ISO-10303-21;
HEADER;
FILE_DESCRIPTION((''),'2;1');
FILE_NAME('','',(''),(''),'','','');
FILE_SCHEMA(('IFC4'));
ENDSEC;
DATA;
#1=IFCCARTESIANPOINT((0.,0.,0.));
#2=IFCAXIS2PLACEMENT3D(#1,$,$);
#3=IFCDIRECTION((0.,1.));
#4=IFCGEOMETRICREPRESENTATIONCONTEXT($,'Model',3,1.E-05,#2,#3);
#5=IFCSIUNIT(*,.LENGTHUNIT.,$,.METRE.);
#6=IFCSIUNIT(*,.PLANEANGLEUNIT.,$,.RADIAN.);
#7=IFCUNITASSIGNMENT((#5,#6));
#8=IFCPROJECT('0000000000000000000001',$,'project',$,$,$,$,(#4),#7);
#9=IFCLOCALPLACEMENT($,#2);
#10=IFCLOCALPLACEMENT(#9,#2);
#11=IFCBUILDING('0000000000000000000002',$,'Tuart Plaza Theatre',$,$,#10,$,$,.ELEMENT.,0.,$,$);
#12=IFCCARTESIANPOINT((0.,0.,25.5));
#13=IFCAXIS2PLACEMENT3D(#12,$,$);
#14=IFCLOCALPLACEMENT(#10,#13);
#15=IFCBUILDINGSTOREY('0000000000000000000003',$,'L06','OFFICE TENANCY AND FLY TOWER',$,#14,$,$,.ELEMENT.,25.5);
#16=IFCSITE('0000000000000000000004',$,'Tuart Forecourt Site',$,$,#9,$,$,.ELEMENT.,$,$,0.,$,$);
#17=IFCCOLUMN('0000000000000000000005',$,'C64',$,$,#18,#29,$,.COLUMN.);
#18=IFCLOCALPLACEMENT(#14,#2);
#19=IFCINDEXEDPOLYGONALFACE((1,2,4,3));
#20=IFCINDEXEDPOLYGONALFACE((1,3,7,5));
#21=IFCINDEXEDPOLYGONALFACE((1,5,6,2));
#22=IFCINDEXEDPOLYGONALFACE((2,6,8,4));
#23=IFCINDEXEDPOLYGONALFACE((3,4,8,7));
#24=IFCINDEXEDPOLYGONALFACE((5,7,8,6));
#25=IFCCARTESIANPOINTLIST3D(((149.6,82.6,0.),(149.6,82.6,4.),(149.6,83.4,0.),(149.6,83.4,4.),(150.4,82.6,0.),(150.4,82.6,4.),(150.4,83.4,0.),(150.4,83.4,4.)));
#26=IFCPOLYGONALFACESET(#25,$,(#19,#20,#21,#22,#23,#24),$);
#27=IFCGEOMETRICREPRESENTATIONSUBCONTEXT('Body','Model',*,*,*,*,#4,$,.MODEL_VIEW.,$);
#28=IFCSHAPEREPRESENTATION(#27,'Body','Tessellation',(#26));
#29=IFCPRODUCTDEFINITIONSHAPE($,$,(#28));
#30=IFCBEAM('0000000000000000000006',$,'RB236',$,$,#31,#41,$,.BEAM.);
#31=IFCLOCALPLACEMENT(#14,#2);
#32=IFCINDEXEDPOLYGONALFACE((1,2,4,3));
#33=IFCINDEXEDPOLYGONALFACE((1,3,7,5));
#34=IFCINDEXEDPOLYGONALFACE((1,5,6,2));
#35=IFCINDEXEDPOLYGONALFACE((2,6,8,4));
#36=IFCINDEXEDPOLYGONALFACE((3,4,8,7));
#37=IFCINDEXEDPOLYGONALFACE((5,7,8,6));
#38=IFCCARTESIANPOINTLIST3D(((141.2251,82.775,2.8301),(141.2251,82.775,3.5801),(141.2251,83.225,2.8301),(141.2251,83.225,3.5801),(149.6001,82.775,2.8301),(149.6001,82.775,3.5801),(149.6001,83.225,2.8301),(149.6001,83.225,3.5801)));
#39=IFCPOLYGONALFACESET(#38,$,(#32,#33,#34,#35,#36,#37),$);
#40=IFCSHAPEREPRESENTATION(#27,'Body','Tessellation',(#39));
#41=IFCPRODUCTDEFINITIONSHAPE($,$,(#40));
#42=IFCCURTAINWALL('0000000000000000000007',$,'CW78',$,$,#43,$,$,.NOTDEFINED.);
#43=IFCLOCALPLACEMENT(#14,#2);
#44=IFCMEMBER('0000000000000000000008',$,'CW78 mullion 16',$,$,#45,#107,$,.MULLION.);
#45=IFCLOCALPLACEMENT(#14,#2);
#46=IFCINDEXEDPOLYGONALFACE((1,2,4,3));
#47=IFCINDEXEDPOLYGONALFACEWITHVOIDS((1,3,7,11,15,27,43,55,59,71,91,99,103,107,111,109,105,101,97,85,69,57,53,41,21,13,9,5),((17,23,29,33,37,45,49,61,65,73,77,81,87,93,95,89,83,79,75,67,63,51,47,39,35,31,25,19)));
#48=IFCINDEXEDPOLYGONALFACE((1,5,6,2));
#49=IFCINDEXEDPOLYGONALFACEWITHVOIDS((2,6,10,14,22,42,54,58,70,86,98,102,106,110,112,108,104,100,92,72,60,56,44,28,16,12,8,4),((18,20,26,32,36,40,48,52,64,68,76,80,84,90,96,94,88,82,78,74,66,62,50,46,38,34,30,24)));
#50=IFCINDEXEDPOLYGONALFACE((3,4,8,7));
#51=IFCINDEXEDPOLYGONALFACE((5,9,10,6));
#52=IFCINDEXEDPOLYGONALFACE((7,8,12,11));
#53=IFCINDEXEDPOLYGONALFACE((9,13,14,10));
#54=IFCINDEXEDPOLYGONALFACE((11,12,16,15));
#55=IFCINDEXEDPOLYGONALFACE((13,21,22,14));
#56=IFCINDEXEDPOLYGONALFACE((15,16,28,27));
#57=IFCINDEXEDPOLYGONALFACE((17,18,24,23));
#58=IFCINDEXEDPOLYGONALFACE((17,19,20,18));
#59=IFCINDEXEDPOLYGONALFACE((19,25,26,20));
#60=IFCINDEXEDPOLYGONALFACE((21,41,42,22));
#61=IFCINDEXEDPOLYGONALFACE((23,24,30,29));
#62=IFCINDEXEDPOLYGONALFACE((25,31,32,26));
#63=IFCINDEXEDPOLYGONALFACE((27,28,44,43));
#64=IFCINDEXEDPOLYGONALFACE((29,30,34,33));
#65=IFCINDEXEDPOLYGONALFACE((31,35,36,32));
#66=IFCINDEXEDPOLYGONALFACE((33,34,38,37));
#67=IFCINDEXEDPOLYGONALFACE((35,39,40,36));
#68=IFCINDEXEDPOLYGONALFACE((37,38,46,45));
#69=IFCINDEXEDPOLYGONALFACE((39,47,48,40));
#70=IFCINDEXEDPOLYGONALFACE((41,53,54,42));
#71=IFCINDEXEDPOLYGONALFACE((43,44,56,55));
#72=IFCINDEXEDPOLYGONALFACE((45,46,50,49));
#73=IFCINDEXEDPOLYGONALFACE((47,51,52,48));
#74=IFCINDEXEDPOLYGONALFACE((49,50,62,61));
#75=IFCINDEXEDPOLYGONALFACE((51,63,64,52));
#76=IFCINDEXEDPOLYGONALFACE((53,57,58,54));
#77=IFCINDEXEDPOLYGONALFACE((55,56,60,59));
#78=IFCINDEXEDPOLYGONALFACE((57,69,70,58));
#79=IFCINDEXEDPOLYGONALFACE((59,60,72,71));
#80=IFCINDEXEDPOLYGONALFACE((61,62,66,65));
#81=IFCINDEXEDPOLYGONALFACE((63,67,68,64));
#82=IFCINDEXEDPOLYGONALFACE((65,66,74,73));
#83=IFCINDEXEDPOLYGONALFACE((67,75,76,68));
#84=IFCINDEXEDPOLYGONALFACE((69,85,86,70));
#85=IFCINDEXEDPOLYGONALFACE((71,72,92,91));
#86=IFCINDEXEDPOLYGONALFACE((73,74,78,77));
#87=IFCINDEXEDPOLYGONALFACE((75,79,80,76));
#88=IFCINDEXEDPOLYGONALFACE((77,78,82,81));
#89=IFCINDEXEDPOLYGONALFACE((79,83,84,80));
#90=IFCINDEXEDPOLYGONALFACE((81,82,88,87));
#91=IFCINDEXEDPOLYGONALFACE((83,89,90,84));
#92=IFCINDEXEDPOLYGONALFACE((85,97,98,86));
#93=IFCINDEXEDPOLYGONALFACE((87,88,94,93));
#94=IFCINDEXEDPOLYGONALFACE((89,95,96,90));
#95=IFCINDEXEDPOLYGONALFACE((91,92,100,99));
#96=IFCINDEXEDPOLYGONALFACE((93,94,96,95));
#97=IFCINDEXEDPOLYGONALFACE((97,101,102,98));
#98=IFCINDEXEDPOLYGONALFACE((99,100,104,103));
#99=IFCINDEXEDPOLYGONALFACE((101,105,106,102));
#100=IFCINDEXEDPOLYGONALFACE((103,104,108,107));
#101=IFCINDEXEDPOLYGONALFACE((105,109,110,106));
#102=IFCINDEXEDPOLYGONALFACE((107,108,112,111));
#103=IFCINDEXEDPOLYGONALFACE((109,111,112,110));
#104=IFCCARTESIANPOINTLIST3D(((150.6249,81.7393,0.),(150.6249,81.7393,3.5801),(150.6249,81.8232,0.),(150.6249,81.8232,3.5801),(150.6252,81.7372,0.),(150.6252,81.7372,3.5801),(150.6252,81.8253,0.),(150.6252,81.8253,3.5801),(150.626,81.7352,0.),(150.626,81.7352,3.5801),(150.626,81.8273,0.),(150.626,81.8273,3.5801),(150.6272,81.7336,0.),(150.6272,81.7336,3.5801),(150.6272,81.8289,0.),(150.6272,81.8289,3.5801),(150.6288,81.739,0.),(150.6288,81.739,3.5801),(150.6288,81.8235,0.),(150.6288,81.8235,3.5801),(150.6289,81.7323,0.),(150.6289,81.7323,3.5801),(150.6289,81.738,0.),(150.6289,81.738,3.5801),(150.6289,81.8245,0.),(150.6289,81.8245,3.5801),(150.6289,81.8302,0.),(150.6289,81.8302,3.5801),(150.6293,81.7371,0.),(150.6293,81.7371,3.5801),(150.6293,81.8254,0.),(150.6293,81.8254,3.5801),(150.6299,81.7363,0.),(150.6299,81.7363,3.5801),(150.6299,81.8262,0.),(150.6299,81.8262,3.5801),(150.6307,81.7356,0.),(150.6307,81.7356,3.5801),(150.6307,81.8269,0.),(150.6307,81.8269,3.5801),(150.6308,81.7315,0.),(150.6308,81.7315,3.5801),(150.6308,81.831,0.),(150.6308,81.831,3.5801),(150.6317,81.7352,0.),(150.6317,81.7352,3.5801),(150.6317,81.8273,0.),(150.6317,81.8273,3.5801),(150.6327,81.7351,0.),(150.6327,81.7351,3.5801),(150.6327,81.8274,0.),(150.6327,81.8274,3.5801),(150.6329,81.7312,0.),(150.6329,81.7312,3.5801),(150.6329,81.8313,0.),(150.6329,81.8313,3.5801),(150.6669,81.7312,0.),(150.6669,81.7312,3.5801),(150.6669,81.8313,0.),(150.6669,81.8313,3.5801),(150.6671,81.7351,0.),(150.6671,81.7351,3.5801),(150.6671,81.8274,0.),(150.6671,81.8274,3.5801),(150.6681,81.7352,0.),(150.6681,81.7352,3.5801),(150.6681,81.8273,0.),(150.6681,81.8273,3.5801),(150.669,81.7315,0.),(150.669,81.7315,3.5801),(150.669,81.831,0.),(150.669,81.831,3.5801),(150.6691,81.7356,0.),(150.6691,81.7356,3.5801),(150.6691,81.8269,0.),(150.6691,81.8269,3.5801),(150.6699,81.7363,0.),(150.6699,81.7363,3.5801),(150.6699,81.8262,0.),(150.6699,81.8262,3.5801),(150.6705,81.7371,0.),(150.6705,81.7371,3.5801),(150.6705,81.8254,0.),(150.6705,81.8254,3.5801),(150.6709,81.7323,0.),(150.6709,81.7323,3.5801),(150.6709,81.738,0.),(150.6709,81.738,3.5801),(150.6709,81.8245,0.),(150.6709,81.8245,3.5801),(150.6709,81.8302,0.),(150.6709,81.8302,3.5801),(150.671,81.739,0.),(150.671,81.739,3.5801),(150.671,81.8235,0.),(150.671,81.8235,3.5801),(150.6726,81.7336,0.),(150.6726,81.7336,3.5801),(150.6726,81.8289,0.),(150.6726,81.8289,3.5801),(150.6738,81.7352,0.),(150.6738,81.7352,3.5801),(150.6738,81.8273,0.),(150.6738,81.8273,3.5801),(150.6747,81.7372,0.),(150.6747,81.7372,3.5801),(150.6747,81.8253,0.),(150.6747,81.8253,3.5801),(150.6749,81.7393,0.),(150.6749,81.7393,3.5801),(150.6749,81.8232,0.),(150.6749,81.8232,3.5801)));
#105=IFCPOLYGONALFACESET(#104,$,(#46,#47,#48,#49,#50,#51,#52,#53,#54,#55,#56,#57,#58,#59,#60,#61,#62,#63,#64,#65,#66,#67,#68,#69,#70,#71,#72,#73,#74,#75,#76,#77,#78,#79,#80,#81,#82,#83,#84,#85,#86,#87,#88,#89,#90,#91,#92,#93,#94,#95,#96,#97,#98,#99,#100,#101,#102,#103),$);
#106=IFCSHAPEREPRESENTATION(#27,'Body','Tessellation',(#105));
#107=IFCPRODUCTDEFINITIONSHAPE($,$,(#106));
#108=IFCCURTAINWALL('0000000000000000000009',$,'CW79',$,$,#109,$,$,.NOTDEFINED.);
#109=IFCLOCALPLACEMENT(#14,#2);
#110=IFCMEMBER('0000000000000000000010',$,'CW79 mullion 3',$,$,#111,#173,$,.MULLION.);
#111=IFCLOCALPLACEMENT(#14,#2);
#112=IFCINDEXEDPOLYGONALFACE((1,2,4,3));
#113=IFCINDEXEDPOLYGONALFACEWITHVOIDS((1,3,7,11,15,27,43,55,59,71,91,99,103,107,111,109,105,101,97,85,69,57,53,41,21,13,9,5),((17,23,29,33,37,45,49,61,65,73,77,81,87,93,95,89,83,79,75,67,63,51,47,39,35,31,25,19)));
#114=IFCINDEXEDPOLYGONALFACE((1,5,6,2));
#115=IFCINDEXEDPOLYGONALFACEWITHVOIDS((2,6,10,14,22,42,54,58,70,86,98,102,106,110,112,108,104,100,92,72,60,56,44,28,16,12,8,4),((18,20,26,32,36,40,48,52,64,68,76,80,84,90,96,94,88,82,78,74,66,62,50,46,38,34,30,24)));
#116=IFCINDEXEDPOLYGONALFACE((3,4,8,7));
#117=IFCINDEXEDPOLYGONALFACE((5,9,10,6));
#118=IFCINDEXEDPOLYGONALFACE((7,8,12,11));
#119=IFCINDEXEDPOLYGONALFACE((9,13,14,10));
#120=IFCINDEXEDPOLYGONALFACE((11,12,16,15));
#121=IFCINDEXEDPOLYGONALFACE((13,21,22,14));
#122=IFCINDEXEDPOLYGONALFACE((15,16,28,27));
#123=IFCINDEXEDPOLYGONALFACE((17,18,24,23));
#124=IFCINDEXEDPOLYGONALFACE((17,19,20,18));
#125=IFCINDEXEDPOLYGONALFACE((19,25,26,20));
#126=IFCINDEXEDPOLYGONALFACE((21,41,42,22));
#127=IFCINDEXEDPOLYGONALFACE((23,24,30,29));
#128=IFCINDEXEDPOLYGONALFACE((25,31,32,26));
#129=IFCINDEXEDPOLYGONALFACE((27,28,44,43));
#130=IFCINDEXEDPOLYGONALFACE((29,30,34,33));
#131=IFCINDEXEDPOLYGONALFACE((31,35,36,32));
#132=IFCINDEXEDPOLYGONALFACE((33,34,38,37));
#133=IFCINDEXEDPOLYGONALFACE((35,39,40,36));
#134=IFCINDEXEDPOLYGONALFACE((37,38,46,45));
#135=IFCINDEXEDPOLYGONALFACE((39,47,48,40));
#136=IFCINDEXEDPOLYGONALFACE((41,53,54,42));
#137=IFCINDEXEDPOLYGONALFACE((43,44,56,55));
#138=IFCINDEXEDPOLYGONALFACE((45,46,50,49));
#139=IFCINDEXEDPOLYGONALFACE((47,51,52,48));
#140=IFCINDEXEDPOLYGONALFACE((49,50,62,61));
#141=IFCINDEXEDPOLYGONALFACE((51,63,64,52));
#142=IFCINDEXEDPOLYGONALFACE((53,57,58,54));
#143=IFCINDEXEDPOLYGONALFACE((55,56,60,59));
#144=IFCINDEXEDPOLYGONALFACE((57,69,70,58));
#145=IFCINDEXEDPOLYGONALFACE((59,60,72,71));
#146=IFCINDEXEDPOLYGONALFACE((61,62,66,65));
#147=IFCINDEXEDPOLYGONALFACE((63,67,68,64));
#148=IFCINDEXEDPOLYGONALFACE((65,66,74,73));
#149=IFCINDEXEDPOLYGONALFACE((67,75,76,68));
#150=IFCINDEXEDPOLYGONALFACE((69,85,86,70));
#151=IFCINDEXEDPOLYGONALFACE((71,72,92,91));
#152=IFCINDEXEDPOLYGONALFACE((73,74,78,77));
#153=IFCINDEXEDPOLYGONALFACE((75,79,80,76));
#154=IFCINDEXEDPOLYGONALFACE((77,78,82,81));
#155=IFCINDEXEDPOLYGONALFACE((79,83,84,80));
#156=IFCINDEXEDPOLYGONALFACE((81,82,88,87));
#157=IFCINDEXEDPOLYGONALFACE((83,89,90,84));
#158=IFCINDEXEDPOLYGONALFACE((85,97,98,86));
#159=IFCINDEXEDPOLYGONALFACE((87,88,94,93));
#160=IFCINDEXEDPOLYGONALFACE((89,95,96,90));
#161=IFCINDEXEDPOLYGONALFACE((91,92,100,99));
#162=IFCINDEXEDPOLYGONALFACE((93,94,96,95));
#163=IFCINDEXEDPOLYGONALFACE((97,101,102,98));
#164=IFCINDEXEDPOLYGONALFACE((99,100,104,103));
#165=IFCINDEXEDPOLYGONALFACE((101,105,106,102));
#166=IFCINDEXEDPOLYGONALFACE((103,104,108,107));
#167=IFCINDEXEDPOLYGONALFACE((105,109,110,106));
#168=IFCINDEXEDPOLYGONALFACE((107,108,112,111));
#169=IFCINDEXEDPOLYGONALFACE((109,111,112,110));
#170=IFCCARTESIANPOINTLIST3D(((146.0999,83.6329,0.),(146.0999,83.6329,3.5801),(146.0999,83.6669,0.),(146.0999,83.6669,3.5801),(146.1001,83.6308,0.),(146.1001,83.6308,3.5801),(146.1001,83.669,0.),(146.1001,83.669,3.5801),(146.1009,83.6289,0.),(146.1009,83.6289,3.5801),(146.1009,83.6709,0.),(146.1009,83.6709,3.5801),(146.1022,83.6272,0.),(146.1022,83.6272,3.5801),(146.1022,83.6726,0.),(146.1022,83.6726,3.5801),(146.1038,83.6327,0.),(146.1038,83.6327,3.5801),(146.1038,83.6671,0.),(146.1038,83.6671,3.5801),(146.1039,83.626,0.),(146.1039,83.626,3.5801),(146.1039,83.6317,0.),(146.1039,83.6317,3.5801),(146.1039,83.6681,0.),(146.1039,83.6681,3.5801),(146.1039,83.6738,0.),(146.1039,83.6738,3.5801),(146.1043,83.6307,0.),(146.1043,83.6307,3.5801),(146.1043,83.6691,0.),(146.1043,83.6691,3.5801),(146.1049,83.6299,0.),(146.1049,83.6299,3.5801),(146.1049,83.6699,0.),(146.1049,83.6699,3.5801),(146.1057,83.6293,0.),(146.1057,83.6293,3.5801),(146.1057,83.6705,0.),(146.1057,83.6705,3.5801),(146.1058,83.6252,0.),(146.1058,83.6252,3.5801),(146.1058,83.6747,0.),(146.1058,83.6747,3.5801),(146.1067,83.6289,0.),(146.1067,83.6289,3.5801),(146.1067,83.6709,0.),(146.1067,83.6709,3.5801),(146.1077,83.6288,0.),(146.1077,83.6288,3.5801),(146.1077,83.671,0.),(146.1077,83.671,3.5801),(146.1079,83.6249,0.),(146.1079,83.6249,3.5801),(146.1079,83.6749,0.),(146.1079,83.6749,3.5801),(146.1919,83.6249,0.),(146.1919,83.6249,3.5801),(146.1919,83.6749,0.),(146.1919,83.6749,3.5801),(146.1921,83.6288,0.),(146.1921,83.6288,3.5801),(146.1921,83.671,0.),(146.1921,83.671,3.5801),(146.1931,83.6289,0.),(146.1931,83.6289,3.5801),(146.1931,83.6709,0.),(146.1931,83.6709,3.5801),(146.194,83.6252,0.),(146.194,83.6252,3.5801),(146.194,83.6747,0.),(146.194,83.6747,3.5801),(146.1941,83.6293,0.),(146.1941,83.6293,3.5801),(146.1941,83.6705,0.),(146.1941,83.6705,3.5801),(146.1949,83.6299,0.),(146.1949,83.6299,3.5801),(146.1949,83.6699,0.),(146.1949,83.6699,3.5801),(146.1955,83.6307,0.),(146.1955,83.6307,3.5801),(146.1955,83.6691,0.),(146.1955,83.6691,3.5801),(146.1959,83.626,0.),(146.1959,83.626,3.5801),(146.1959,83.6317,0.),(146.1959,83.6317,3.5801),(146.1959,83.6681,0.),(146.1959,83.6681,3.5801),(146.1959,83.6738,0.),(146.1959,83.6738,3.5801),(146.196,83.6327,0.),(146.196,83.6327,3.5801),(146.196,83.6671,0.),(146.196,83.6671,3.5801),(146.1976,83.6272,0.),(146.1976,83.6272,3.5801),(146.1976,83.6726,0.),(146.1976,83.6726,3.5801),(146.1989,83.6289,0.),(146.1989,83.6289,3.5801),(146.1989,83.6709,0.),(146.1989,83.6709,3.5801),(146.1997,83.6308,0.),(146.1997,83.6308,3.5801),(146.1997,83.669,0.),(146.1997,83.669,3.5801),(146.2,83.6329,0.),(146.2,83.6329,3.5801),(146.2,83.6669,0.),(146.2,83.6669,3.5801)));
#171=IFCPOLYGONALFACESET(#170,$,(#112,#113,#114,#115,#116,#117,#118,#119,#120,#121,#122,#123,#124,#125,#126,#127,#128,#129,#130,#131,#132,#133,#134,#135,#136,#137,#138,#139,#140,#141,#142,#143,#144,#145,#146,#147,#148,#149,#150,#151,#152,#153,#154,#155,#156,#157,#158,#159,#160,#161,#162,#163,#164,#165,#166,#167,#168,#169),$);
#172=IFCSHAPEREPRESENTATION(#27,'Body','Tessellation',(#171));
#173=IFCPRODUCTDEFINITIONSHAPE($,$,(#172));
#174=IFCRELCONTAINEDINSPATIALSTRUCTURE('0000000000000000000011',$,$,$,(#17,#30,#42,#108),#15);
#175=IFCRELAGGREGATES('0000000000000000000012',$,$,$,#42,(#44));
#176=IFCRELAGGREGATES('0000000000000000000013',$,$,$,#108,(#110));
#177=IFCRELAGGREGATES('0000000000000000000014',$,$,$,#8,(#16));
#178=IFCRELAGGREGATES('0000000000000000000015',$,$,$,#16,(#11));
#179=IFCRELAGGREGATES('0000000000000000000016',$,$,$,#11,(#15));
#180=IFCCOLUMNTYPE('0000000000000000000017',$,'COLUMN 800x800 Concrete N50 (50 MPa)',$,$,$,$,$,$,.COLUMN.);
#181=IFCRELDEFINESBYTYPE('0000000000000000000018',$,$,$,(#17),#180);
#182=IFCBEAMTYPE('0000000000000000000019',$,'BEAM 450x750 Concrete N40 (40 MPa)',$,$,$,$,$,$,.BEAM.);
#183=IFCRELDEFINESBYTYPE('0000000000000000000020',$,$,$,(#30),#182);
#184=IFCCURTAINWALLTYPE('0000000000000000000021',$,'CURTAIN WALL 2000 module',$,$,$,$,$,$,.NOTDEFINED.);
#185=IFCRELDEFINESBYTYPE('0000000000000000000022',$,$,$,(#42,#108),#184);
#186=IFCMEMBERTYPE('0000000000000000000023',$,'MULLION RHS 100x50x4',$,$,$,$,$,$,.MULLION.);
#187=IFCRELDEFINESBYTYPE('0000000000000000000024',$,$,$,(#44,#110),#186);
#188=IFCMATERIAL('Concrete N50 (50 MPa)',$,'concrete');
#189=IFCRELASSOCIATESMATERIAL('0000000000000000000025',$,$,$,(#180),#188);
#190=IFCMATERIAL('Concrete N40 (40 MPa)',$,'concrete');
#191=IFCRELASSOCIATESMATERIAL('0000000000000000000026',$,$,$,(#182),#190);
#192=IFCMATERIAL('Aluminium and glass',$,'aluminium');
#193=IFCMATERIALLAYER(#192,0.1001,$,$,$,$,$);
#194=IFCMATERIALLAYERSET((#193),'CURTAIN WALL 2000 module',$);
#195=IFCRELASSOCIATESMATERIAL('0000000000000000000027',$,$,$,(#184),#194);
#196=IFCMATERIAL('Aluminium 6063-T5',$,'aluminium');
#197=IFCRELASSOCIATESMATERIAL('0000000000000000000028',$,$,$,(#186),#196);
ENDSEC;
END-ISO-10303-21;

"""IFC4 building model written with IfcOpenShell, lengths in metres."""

from ifc_helpers import new_model, si_unit, direction, frame, origin, origin_2d, place, context, subcontext, project, spatial, rectangle, hollow_rectangle, extrude, material, layer, layer_set, material_profile, profile_set, type_object, element, aggregate, save


model = new_model("IFC4")

# Units and contexts
model_context = context("Model", 3, precision=1e-05, world=origin(), true_north=direction((0.0, 1.0)))
body_context = subcontext(model_context, "Body", "Model", "MODEL_VIEW")
ifc_project = project(units=[si_unit("LENGTHUNIT", "METRE"), si_unit("PLANEANGLEUNIT", "RADIAN")], contexts=[model_context])

# Site, building, storey
site_placement = place(None, origin())
site = spatial("IfcSite", under=ifc_project, at=site_placement, Name="Tuart Forecourt Site", CompositionType="ELEMENT", RefElevation=0.0)
building_placement = place(site_placement, origin())
building = spatial("IfcBuilding", under=site, at=building_placement, Name="Tuart Plaza Theatre", CompositionType="ELEMENT", ElevationOfRefHeight=0.0)
storey_placement = place(building_placement, frame((0.0, 0.0, 25.5)))
storey = spatial("IfcBuildingStorey", under=building, at=storey_placement, Name="L06", Description="OFFICE TENANCY AND FLY TOWER", CompositionType="ELEMENT", Elevation=25.5)

# Column
ifc_material_1 = material(Name="Concrete N50 (50 MPa)", Category="concrete")
ifc_material_profile_1 = material_profile(ifc_material_1, rectangle(XDim=0.8, YDim=0.8, at=origin_2d()), Name="COLUMN 800x800 Concrete N50 (50 MPa)")
ifc_profile_set_1 = profile_set([ifc_material_profile_1], Name="Concrete N50 (50 MPa)")
column_type = type_object("IfcColumnType", Name="COLUMN 800x800 Concrete N50 (50 MPa)", PredefinedType="COLUMN", material=ifc_profile_set_1)
column_placement = place(storey_placement, frame((150.0, 83.0, 0.0), z_axis=(0.0, 0.0, 1.0), x_axis=(1.0, 0.0, 0.0)))
element("IfcColumn", 1, at=column_placement, inside=storey, type_object=column_type, Name="C64", PredefinedType="COLUMN", context=body_context, shape_type="SweptSolid", body=[
    extrude(rectangle(XDim=0.8, YDim=0.8, at=origin_2d()), origin(), (0.0, 0.0, 1.0), 4.0),
])

# Beam
ifc_material_2 = material(Name="Concrete N40 (40 MPa)", Category="concrete")
ifc_material_profile_2 = material_profile(ifc_material_2, rectangle(XDim=0.45, YDim=0.75, at=origin_2d()), Name="BEAM 450x750 Concrete N40 (40 MPa)")
ifc_profile_set_2 = profile_set([ifc_material_profile_2], Name="Concrete N40 (40 MPa)")
beam_type = type_object("IfcBeamType", Name="BEAM 450x750 Concrete N40 (40 MPa)", PredefinedType="BEAM", material=ifc_profile_set_2)
beam_placement = place(storey_placement, frame((141.2251, 83.0, 3.2051), z_axis=(1.0, 0.0, 0.0), x_axis=(0.0, 1.0, 0.0)))
element("IfcBeam", 2, at=beam_placement, inside=storey, type_object=beam_type, Name="RB236", PredefinedType="BEAM", context=body_context, shape_type="SweptSolid", body=[
    extrude(rectangle(XDim=0.45, YDim=0.75, at=origin_2d()), origin(), (0.0, 0.0, 1.0), 8.375),
])

# Curtain wall, member
ifc_material_3 = material(Name="Aluminium and glass", Category="aluminium")
ifc_layer_1 = layer(ifc_material_3, 0.1001)
ifc_layer_set_1 = layer_set([ifc_layer_1], Name="CURTAIN WALL 2000 module")
curtain_wall_type = type_object("IfcCurtainWallType", Name="CURTAIN WALL 2000 module", PredefinedType="NOTDEFINED", material=ifc_layer_set_1)
curtain_wall_1_placement = place(storey_placement, origin())
curtain_wall_1 = element("IfcCurtainWall", 3, at=curtain_wall_1_placement, inside=storey, type_object=curtain_wall_type, Name="CW78", PredefinedType="NOTDEFINED")
ifc_material_4 = material(Name="Aluminium 6063-T5", Category="aluminium")
ifc_material_profile_3 = material_profile(ifc_material_4, hollow_rectangle(XDim=0.05, YDim=0.1001, WallThickness=0.0039, InnerFilletRadius=0.0039, OuterFilletRadius=0.0081, at=origin_2d()), Name="RHS 100x50x4")
ifc_profile_set_3 = profile_set([ifc_material_profile_3], Name="Aluminium 6063-T5")
member_type_1 = type_object("IfcMemberType", Name="MULLION RHS 100x50x4", PredefinedType="MULLION", material=ifc_profile_set_3)
member_1_placement = place(storey_placement, frame((150.6499, 81.7812, 0.0), z_axis=(0.0, 0.0, 1.0), x_axis=(-1.0, 0.0, 0.0)))
member_1 = element("IfcMember", 4, at=member_1_placement, type_object=member_type_1, Name="CW78 mullion 16", PredefinedType="MULLION", context=body_context, shape_type="SweptSolid", body=[
    extrude(hollow_rectangle(XDim=0.05, YDim=0.1001, WallThickness=0.0039, InnerFilletRadius=0.0039, OuterFilletRadius=0.0081, at=origin_2d()), origin(), (0.0, 0.0, 1.0), 3.5801),
])

# Curtain wall, member
curtain_wall_2_placement = place(storey_placement, origin())
curtain_wall_2 = element("IfcCurtainWall", 5, at=curtain_wall_2_placement, inside=storey, type_object=curtain_wall_type, Name="CW79", PredefinedType="NOTDEFINED")
member_2_placement = place(storey_placement, frame((146.1499, 83.6499, 0.0), z_axis=(0.0, 0.0, 1.0), x_axis=(0.0, -1.0, 0.0)))
member_2 = element("IfcMember", 6, at=member_2_placement, type_object=member_type_1, Name="CW79 mullion 3", PredefinedType="MULLION", context=body_context, shape_type="SweptSolid", body=[
    extrude(hollow_rectangle(XDim=0.05, YDim=0.1001, WallThickness=0.0039, InnerFilletRadius=0.0039, OuterFilletRadius=0.0081, at=origin_2d()), origin(), (0.0, 0.0, 1.0), 3.5801),
])

aggregate(curtain_wall_1, [member_1])
aggregate(curtain_wall_2, [member_2])

save(model, "model.ifc")
